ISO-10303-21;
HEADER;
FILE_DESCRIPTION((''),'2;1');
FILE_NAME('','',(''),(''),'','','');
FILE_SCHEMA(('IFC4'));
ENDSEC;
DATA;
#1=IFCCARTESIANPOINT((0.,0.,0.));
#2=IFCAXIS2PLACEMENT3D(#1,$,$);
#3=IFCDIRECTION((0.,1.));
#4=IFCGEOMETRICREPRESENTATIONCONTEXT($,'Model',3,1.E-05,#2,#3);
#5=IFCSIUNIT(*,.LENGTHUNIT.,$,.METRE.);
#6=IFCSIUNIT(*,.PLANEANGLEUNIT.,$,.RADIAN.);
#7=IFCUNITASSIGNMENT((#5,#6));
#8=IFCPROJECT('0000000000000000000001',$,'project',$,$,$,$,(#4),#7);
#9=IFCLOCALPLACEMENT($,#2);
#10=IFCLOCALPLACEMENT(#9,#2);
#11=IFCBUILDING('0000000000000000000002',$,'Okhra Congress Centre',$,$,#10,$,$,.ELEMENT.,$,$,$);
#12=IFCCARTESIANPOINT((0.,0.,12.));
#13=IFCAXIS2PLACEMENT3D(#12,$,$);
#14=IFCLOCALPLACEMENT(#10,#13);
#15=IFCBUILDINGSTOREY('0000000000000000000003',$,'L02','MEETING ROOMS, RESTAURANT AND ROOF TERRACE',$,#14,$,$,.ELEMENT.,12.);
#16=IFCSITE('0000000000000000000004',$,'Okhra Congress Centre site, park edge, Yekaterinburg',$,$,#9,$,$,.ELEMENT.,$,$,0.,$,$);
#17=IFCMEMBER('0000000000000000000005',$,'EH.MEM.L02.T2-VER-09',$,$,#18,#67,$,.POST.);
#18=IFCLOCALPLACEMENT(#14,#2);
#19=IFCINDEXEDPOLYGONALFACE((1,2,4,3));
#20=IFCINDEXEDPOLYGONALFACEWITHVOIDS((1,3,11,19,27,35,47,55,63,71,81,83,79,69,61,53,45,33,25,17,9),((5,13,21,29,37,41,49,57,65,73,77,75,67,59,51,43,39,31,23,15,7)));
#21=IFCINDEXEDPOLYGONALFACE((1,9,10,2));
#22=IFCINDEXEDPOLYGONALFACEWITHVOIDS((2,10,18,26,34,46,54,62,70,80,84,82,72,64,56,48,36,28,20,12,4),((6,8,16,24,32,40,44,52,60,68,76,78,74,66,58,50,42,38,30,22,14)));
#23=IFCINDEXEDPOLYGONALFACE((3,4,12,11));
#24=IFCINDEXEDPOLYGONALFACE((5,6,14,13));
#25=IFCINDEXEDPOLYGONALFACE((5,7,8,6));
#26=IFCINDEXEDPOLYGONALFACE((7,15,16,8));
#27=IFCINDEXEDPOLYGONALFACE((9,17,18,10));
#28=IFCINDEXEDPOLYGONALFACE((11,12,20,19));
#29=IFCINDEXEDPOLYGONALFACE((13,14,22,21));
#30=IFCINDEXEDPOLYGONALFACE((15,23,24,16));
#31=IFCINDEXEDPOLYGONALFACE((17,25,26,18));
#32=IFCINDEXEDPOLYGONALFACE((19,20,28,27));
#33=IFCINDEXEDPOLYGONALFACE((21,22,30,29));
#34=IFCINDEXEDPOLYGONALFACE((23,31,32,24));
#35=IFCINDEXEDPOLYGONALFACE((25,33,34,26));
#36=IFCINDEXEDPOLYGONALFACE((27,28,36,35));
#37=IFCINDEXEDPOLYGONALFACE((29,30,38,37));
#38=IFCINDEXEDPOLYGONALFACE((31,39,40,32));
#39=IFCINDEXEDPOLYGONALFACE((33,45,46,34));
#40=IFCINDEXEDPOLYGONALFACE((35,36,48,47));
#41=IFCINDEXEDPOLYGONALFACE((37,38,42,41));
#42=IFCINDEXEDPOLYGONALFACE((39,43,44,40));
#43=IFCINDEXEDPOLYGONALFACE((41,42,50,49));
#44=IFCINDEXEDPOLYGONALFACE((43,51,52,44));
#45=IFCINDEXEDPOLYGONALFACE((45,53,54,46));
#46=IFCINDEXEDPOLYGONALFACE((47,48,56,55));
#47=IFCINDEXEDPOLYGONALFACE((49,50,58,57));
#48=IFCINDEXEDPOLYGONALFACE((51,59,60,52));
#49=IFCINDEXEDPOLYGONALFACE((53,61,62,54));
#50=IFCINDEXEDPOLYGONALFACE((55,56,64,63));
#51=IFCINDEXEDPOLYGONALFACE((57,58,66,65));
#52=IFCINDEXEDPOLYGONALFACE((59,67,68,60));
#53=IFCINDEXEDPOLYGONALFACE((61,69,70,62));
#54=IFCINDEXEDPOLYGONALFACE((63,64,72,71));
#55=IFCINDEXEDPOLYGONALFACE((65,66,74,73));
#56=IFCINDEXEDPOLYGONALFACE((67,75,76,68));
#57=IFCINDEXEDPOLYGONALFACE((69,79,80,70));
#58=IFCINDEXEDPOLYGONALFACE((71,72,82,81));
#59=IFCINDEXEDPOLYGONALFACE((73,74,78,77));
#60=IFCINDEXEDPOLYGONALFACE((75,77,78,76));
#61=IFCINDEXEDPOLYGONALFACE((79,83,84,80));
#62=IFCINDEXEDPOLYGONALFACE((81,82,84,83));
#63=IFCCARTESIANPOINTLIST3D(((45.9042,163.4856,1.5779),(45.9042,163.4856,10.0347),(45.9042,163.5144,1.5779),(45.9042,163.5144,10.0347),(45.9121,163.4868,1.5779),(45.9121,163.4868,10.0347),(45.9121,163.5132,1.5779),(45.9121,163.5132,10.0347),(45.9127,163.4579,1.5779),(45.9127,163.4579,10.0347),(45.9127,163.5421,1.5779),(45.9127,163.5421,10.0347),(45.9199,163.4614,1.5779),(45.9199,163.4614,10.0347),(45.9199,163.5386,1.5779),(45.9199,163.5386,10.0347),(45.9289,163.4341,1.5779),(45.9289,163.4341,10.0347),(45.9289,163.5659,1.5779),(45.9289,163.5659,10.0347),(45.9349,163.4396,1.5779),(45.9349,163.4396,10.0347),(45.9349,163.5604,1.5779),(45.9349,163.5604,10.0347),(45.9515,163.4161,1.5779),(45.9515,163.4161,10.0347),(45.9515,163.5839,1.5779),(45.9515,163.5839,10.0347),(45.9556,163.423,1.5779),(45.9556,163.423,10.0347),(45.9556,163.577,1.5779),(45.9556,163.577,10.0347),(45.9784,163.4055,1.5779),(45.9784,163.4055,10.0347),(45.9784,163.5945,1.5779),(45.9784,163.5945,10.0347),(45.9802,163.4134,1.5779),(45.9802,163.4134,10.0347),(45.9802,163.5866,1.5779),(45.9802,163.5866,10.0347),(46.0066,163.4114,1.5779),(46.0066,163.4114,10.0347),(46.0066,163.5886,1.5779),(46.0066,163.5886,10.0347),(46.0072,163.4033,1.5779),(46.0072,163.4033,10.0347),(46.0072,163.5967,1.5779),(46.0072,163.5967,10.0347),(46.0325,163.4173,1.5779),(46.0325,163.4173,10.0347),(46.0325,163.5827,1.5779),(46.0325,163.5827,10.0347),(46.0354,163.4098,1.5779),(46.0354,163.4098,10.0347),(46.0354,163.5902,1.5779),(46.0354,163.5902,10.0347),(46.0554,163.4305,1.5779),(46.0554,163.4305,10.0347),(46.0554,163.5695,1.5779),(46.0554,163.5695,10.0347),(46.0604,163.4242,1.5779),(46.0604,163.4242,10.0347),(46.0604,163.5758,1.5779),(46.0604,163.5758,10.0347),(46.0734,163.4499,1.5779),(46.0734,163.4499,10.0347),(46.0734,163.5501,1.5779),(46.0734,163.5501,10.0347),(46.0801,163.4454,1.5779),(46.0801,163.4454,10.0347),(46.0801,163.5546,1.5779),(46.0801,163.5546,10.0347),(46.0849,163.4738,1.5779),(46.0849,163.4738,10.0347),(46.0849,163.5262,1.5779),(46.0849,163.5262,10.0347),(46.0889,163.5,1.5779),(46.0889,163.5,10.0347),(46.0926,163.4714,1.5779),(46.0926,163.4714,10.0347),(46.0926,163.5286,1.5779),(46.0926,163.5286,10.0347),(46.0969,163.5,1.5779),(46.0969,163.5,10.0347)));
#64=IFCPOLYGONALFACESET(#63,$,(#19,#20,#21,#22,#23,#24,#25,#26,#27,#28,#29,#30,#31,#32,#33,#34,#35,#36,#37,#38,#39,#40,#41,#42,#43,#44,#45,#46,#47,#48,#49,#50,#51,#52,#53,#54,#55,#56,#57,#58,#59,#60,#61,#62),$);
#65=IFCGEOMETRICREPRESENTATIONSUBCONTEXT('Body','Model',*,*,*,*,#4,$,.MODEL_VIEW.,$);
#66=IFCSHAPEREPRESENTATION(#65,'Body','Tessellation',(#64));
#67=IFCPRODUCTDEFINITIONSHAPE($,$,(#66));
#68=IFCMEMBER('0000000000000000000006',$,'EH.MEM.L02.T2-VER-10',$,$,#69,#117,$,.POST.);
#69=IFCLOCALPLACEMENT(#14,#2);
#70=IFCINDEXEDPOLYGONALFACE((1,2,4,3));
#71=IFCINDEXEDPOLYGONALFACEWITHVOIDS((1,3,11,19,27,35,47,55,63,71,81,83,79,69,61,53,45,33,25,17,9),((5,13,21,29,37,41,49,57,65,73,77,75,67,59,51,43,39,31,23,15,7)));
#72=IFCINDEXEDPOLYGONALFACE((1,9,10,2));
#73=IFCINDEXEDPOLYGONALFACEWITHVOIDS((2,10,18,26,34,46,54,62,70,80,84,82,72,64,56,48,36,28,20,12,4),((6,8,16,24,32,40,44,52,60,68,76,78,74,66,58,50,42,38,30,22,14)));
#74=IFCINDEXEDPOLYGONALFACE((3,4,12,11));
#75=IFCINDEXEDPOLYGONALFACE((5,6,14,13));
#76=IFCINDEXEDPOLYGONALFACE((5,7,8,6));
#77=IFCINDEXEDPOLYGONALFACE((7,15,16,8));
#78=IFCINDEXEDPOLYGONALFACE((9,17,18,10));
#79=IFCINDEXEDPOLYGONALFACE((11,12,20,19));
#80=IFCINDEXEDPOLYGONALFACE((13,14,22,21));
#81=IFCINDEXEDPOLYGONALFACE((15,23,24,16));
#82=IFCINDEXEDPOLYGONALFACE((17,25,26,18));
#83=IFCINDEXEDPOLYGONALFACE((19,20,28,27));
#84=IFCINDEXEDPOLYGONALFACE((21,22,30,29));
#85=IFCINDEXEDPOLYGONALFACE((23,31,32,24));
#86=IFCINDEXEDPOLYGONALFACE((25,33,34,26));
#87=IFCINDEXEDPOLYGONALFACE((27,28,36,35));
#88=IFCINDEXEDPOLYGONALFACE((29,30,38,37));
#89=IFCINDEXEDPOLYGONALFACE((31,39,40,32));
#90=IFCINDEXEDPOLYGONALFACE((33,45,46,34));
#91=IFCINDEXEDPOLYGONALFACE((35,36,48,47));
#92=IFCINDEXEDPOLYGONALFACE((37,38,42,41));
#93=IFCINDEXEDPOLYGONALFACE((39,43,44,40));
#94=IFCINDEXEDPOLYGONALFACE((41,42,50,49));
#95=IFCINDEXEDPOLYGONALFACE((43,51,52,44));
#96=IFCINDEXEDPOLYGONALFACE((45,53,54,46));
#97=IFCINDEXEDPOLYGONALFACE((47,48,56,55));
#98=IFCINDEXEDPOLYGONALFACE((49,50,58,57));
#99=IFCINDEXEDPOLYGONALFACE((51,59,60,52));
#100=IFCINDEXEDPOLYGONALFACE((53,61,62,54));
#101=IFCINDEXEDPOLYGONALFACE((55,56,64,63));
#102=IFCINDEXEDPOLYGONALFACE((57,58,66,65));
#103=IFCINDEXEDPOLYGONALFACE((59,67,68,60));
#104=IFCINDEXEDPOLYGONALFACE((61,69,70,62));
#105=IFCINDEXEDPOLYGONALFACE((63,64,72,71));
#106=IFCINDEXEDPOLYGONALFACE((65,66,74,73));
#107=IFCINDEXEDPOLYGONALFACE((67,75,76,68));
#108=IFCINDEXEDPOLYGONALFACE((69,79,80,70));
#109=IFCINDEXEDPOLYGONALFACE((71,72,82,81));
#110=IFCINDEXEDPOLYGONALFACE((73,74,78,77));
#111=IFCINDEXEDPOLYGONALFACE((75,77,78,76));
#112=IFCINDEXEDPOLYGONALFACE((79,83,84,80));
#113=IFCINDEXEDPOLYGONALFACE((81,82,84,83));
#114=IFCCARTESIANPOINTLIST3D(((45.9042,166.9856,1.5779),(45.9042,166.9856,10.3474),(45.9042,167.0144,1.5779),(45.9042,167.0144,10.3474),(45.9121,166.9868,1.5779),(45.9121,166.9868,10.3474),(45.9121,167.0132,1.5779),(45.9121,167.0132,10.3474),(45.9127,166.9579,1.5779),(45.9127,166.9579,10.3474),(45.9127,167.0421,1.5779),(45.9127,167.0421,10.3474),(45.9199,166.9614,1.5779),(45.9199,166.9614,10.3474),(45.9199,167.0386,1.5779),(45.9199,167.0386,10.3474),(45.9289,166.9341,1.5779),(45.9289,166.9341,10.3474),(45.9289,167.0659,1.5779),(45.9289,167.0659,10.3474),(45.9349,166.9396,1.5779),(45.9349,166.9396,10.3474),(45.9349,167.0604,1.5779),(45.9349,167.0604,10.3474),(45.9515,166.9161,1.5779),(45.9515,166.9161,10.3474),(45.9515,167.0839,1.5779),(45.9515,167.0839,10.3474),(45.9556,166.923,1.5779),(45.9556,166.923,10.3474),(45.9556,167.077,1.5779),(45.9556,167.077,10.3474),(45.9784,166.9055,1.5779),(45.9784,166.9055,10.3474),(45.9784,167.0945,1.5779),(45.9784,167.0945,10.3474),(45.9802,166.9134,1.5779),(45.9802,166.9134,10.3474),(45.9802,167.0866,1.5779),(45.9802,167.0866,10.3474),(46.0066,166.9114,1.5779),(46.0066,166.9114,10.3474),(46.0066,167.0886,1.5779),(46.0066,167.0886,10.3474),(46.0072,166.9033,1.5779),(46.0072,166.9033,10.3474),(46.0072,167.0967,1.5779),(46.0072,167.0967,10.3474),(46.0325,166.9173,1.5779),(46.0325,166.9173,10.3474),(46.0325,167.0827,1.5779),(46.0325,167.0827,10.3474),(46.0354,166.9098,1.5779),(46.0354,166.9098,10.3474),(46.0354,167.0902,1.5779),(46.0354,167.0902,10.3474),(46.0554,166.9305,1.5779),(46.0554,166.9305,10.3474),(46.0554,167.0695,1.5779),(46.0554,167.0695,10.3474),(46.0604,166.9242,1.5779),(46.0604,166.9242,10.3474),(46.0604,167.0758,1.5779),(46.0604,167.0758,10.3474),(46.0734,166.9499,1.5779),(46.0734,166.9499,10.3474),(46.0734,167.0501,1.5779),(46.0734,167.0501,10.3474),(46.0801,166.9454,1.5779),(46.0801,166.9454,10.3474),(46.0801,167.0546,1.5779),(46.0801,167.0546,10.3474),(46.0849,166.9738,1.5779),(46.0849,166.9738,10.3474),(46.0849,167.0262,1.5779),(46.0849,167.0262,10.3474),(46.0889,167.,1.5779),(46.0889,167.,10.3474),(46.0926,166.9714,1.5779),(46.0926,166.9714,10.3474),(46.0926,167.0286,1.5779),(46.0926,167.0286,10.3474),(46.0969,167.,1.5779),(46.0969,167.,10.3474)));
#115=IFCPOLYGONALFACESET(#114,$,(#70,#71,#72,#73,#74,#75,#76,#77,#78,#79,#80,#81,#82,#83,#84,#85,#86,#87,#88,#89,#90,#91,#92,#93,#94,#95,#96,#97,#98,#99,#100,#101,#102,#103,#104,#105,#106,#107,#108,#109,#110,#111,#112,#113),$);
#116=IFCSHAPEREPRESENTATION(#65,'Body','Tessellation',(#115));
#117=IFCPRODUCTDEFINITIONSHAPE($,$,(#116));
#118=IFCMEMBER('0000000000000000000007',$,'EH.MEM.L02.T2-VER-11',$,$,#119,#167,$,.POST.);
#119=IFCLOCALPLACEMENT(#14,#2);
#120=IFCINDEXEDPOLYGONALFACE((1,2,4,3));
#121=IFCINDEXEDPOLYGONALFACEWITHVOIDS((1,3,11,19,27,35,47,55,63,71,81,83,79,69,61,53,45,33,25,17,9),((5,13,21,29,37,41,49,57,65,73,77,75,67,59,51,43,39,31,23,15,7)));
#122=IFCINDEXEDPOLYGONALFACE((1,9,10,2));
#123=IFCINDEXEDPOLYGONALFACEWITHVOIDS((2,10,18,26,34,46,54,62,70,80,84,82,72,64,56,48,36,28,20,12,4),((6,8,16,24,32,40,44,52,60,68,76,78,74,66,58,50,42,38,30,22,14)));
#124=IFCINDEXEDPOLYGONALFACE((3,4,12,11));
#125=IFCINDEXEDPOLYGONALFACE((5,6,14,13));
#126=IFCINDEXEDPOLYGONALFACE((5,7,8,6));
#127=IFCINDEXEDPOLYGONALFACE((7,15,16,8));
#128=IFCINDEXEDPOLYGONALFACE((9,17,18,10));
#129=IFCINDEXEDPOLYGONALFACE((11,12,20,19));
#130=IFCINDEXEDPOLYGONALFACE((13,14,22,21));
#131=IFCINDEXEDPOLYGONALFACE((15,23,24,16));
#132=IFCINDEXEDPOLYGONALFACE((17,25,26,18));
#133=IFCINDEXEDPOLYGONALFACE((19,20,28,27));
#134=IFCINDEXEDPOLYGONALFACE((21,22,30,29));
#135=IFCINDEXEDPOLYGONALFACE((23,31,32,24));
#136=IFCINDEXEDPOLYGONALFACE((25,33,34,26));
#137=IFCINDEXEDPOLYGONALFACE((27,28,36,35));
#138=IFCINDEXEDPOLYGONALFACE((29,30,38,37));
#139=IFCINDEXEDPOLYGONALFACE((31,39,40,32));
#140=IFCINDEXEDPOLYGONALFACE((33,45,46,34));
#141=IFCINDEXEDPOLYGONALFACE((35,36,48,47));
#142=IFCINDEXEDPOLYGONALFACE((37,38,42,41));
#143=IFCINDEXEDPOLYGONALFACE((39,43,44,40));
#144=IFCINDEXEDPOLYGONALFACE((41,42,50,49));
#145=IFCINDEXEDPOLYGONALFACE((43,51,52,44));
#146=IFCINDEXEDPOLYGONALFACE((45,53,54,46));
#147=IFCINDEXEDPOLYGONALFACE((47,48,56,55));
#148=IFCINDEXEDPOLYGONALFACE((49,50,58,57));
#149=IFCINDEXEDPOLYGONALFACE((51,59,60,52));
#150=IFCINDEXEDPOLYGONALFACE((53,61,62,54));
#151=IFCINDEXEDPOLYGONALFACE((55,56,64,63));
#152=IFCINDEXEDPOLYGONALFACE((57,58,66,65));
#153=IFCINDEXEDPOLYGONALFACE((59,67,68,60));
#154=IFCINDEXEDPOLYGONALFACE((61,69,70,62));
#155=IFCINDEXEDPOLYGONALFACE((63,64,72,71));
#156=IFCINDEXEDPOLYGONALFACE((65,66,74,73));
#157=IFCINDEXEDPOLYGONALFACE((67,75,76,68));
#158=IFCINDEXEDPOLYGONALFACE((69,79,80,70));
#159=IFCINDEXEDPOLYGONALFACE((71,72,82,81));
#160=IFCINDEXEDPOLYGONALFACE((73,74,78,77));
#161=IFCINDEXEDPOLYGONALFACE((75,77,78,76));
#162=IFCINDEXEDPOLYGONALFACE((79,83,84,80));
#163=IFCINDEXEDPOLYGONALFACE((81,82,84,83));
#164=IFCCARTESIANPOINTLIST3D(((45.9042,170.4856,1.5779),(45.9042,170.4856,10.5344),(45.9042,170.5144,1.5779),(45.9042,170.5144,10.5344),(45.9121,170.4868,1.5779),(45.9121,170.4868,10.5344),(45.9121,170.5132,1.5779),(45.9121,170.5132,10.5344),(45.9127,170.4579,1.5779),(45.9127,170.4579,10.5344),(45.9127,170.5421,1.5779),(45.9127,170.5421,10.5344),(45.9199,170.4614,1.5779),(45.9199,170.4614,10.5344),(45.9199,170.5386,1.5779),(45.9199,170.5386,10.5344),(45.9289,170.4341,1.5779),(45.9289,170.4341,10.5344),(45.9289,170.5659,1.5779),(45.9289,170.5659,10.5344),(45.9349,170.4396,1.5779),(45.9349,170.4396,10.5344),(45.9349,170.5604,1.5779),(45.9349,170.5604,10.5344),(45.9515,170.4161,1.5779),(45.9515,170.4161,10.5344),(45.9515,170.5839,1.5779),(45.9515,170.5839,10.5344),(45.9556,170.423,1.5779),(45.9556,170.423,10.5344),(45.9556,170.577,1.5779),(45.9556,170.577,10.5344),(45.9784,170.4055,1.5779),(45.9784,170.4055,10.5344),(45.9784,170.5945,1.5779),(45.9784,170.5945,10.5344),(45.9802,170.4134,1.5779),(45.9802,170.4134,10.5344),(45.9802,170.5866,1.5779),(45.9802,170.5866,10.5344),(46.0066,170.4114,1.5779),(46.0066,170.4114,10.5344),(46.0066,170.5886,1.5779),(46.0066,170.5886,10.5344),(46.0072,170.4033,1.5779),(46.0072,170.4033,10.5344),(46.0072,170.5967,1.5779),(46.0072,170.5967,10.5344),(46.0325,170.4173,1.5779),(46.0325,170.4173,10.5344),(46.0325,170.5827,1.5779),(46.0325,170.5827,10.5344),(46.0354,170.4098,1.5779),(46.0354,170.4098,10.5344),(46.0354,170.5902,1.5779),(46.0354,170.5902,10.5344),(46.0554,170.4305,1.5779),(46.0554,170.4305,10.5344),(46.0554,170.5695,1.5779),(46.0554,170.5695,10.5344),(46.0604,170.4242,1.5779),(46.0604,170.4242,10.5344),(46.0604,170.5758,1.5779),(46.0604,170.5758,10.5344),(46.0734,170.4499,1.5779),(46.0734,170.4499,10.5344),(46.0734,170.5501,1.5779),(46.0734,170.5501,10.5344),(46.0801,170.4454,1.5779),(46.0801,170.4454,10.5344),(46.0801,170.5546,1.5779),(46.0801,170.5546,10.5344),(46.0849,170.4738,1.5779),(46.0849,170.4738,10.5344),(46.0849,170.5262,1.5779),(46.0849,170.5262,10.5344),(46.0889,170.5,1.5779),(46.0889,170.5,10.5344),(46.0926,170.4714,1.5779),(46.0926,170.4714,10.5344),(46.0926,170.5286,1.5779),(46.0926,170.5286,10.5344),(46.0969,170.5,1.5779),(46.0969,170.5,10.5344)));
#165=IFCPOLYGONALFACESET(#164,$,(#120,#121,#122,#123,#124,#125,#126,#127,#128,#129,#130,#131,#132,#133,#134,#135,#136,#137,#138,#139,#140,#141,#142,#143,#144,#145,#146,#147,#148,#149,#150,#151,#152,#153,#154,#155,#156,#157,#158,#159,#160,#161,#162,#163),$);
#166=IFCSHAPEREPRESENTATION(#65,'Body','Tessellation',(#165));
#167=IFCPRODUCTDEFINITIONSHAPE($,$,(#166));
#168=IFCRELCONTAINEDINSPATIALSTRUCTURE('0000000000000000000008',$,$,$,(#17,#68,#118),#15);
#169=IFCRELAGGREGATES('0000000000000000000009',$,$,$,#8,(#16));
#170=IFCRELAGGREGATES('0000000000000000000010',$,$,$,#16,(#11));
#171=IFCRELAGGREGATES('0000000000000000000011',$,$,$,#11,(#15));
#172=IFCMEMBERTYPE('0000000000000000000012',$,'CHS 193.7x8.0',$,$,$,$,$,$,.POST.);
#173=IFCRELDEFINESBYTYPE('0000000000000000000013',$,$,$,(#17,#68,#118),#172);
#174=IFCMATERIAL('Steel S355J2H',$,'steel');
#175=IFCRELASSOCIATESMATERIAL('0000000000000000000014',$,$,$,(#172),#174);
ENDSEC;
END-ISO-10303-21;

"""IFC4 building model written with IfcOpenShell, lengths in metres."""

from ifc_helpers import new_model, si_unit, direction, frame, origin, origin_2d, place, context, subcontext, project, spatial, hollow_circle, extrude, material, material_profile, profile_set, type_object, element, save


model = new_model("IFC4")

# Units and contexts
model_context = context("Model", 3, precision=1e-05, world=origin(), true_north=direction((0.0, 1.0)))
body_context = subcontext(model_context, "Body", "Model", "MODEL_VIEW")
ifc_project = project(units=[si_unit("LENGTHUNIT", "METRE"), si_unit("PLANEANGLEUNIT", "RADIAN")], contexts=[model_context])

# Site, building, storey
site_placement = place(None, origin())
site = spatial("IfcSite", under=ifc_project, at=site_placement, Name="Okhra Congress Centre site, park edge, Yekaterinburg", CompositionType="ELEMENT", RefElevation=0.0)
building_placement = place(site_placement, origin())
building = spatial("IfcBuilding", under=site, at=building_placement, Name="Okhra Congress Centre", CompositionType="ELEMENT")
storey_placement = place(building_placement, frame((0.0, 0.0, 12.0)))
storey = spatial("IfcBuildingStorey", under=building, at=storey_placement, Name="L02", Description="MEETING ROOMS, RESTAURANT AND ROOF TERRACE", CompositionType="ELEMENT", Elevation=12.0)

# Members
ifc_material_1 = material(Name="Steel S355J2H", Category="steel")
ifc_material_profile_1 = material_profile(ifc_material_1, hollow_circle(Radius=0.0969, WallThickness=0.0081, at=origin_2d()), Name="CHS 193.7x8.0")
ifc_profile_set_1 = profile_set([ifc_material_profile_1], Name="Steel S355J2H")
member_type_1 = type_object("IfcMemberType", Name="CHS 193.7x8.0", PredefinedType="POST", material=ifc_profile_set_1)
member_1_placement = place(storey_placement, frame((46.0, 163.5, 1.5779), z_axis=(0.0, 0.0, 1.0), x_axis=(1.0, 0.0, 0.0)))
element("IfcMember", 1, at=member_1_placement, inside=storey, type_object=member_type_1, Name="EH.MEM.L02.T2-VER-09", PredefinedType="POST", context=body_context, shape_type="SweptSolid", body=[
    extrude(hollow_circle(Radius=0.0969, WallThickness=0.0081, at=origin_2d()), origin(), (0.0, 0.0, 1.0), 8.4568),
])
member_2_placement = place(storey_placement, frame((46.0, 167.0, 1.5779), z_axis=(0.0, 0.0, 1.0), x_axis=(1.0, 0.0, 0.0)))
element("IfcMember", 2, at=member_2_placement, inside=storey, type_object=member_type_1, Name="EH.MEM.L02.T2-VER-10", PredefinedType="POST", context=body_context, shape_type="SweptSolid", body=[
    extrude(hollow_circle(Radius=0.0969, WallThickness=0.0081, at=origin_2d()), origin(), (0.0, 0.0, 1.0), 8.7695),
])
member_3_placement = place(storey_placement, frame((46.0, 170.5, 1.5779), z_axis=(0.0, 0.0, 1.0), x_axis=(1.0, 0.0, 0.0)))
element("IfcMember", 3, at=member_3_placement, inside=storey, type_object=member_type_1, Name="EH.MEM.L02.T2-VER-11", PredefinedType="POST", context=body_context, shape_type="SweptSolid", body=[
    extrude(hollow_circle(Radius=0.0969, WallThickness=0.0081, at=origin_2d()), origin(), (0.0, 0.0, 1.0), 8.9565),
])

save(model, "model.ifc")
